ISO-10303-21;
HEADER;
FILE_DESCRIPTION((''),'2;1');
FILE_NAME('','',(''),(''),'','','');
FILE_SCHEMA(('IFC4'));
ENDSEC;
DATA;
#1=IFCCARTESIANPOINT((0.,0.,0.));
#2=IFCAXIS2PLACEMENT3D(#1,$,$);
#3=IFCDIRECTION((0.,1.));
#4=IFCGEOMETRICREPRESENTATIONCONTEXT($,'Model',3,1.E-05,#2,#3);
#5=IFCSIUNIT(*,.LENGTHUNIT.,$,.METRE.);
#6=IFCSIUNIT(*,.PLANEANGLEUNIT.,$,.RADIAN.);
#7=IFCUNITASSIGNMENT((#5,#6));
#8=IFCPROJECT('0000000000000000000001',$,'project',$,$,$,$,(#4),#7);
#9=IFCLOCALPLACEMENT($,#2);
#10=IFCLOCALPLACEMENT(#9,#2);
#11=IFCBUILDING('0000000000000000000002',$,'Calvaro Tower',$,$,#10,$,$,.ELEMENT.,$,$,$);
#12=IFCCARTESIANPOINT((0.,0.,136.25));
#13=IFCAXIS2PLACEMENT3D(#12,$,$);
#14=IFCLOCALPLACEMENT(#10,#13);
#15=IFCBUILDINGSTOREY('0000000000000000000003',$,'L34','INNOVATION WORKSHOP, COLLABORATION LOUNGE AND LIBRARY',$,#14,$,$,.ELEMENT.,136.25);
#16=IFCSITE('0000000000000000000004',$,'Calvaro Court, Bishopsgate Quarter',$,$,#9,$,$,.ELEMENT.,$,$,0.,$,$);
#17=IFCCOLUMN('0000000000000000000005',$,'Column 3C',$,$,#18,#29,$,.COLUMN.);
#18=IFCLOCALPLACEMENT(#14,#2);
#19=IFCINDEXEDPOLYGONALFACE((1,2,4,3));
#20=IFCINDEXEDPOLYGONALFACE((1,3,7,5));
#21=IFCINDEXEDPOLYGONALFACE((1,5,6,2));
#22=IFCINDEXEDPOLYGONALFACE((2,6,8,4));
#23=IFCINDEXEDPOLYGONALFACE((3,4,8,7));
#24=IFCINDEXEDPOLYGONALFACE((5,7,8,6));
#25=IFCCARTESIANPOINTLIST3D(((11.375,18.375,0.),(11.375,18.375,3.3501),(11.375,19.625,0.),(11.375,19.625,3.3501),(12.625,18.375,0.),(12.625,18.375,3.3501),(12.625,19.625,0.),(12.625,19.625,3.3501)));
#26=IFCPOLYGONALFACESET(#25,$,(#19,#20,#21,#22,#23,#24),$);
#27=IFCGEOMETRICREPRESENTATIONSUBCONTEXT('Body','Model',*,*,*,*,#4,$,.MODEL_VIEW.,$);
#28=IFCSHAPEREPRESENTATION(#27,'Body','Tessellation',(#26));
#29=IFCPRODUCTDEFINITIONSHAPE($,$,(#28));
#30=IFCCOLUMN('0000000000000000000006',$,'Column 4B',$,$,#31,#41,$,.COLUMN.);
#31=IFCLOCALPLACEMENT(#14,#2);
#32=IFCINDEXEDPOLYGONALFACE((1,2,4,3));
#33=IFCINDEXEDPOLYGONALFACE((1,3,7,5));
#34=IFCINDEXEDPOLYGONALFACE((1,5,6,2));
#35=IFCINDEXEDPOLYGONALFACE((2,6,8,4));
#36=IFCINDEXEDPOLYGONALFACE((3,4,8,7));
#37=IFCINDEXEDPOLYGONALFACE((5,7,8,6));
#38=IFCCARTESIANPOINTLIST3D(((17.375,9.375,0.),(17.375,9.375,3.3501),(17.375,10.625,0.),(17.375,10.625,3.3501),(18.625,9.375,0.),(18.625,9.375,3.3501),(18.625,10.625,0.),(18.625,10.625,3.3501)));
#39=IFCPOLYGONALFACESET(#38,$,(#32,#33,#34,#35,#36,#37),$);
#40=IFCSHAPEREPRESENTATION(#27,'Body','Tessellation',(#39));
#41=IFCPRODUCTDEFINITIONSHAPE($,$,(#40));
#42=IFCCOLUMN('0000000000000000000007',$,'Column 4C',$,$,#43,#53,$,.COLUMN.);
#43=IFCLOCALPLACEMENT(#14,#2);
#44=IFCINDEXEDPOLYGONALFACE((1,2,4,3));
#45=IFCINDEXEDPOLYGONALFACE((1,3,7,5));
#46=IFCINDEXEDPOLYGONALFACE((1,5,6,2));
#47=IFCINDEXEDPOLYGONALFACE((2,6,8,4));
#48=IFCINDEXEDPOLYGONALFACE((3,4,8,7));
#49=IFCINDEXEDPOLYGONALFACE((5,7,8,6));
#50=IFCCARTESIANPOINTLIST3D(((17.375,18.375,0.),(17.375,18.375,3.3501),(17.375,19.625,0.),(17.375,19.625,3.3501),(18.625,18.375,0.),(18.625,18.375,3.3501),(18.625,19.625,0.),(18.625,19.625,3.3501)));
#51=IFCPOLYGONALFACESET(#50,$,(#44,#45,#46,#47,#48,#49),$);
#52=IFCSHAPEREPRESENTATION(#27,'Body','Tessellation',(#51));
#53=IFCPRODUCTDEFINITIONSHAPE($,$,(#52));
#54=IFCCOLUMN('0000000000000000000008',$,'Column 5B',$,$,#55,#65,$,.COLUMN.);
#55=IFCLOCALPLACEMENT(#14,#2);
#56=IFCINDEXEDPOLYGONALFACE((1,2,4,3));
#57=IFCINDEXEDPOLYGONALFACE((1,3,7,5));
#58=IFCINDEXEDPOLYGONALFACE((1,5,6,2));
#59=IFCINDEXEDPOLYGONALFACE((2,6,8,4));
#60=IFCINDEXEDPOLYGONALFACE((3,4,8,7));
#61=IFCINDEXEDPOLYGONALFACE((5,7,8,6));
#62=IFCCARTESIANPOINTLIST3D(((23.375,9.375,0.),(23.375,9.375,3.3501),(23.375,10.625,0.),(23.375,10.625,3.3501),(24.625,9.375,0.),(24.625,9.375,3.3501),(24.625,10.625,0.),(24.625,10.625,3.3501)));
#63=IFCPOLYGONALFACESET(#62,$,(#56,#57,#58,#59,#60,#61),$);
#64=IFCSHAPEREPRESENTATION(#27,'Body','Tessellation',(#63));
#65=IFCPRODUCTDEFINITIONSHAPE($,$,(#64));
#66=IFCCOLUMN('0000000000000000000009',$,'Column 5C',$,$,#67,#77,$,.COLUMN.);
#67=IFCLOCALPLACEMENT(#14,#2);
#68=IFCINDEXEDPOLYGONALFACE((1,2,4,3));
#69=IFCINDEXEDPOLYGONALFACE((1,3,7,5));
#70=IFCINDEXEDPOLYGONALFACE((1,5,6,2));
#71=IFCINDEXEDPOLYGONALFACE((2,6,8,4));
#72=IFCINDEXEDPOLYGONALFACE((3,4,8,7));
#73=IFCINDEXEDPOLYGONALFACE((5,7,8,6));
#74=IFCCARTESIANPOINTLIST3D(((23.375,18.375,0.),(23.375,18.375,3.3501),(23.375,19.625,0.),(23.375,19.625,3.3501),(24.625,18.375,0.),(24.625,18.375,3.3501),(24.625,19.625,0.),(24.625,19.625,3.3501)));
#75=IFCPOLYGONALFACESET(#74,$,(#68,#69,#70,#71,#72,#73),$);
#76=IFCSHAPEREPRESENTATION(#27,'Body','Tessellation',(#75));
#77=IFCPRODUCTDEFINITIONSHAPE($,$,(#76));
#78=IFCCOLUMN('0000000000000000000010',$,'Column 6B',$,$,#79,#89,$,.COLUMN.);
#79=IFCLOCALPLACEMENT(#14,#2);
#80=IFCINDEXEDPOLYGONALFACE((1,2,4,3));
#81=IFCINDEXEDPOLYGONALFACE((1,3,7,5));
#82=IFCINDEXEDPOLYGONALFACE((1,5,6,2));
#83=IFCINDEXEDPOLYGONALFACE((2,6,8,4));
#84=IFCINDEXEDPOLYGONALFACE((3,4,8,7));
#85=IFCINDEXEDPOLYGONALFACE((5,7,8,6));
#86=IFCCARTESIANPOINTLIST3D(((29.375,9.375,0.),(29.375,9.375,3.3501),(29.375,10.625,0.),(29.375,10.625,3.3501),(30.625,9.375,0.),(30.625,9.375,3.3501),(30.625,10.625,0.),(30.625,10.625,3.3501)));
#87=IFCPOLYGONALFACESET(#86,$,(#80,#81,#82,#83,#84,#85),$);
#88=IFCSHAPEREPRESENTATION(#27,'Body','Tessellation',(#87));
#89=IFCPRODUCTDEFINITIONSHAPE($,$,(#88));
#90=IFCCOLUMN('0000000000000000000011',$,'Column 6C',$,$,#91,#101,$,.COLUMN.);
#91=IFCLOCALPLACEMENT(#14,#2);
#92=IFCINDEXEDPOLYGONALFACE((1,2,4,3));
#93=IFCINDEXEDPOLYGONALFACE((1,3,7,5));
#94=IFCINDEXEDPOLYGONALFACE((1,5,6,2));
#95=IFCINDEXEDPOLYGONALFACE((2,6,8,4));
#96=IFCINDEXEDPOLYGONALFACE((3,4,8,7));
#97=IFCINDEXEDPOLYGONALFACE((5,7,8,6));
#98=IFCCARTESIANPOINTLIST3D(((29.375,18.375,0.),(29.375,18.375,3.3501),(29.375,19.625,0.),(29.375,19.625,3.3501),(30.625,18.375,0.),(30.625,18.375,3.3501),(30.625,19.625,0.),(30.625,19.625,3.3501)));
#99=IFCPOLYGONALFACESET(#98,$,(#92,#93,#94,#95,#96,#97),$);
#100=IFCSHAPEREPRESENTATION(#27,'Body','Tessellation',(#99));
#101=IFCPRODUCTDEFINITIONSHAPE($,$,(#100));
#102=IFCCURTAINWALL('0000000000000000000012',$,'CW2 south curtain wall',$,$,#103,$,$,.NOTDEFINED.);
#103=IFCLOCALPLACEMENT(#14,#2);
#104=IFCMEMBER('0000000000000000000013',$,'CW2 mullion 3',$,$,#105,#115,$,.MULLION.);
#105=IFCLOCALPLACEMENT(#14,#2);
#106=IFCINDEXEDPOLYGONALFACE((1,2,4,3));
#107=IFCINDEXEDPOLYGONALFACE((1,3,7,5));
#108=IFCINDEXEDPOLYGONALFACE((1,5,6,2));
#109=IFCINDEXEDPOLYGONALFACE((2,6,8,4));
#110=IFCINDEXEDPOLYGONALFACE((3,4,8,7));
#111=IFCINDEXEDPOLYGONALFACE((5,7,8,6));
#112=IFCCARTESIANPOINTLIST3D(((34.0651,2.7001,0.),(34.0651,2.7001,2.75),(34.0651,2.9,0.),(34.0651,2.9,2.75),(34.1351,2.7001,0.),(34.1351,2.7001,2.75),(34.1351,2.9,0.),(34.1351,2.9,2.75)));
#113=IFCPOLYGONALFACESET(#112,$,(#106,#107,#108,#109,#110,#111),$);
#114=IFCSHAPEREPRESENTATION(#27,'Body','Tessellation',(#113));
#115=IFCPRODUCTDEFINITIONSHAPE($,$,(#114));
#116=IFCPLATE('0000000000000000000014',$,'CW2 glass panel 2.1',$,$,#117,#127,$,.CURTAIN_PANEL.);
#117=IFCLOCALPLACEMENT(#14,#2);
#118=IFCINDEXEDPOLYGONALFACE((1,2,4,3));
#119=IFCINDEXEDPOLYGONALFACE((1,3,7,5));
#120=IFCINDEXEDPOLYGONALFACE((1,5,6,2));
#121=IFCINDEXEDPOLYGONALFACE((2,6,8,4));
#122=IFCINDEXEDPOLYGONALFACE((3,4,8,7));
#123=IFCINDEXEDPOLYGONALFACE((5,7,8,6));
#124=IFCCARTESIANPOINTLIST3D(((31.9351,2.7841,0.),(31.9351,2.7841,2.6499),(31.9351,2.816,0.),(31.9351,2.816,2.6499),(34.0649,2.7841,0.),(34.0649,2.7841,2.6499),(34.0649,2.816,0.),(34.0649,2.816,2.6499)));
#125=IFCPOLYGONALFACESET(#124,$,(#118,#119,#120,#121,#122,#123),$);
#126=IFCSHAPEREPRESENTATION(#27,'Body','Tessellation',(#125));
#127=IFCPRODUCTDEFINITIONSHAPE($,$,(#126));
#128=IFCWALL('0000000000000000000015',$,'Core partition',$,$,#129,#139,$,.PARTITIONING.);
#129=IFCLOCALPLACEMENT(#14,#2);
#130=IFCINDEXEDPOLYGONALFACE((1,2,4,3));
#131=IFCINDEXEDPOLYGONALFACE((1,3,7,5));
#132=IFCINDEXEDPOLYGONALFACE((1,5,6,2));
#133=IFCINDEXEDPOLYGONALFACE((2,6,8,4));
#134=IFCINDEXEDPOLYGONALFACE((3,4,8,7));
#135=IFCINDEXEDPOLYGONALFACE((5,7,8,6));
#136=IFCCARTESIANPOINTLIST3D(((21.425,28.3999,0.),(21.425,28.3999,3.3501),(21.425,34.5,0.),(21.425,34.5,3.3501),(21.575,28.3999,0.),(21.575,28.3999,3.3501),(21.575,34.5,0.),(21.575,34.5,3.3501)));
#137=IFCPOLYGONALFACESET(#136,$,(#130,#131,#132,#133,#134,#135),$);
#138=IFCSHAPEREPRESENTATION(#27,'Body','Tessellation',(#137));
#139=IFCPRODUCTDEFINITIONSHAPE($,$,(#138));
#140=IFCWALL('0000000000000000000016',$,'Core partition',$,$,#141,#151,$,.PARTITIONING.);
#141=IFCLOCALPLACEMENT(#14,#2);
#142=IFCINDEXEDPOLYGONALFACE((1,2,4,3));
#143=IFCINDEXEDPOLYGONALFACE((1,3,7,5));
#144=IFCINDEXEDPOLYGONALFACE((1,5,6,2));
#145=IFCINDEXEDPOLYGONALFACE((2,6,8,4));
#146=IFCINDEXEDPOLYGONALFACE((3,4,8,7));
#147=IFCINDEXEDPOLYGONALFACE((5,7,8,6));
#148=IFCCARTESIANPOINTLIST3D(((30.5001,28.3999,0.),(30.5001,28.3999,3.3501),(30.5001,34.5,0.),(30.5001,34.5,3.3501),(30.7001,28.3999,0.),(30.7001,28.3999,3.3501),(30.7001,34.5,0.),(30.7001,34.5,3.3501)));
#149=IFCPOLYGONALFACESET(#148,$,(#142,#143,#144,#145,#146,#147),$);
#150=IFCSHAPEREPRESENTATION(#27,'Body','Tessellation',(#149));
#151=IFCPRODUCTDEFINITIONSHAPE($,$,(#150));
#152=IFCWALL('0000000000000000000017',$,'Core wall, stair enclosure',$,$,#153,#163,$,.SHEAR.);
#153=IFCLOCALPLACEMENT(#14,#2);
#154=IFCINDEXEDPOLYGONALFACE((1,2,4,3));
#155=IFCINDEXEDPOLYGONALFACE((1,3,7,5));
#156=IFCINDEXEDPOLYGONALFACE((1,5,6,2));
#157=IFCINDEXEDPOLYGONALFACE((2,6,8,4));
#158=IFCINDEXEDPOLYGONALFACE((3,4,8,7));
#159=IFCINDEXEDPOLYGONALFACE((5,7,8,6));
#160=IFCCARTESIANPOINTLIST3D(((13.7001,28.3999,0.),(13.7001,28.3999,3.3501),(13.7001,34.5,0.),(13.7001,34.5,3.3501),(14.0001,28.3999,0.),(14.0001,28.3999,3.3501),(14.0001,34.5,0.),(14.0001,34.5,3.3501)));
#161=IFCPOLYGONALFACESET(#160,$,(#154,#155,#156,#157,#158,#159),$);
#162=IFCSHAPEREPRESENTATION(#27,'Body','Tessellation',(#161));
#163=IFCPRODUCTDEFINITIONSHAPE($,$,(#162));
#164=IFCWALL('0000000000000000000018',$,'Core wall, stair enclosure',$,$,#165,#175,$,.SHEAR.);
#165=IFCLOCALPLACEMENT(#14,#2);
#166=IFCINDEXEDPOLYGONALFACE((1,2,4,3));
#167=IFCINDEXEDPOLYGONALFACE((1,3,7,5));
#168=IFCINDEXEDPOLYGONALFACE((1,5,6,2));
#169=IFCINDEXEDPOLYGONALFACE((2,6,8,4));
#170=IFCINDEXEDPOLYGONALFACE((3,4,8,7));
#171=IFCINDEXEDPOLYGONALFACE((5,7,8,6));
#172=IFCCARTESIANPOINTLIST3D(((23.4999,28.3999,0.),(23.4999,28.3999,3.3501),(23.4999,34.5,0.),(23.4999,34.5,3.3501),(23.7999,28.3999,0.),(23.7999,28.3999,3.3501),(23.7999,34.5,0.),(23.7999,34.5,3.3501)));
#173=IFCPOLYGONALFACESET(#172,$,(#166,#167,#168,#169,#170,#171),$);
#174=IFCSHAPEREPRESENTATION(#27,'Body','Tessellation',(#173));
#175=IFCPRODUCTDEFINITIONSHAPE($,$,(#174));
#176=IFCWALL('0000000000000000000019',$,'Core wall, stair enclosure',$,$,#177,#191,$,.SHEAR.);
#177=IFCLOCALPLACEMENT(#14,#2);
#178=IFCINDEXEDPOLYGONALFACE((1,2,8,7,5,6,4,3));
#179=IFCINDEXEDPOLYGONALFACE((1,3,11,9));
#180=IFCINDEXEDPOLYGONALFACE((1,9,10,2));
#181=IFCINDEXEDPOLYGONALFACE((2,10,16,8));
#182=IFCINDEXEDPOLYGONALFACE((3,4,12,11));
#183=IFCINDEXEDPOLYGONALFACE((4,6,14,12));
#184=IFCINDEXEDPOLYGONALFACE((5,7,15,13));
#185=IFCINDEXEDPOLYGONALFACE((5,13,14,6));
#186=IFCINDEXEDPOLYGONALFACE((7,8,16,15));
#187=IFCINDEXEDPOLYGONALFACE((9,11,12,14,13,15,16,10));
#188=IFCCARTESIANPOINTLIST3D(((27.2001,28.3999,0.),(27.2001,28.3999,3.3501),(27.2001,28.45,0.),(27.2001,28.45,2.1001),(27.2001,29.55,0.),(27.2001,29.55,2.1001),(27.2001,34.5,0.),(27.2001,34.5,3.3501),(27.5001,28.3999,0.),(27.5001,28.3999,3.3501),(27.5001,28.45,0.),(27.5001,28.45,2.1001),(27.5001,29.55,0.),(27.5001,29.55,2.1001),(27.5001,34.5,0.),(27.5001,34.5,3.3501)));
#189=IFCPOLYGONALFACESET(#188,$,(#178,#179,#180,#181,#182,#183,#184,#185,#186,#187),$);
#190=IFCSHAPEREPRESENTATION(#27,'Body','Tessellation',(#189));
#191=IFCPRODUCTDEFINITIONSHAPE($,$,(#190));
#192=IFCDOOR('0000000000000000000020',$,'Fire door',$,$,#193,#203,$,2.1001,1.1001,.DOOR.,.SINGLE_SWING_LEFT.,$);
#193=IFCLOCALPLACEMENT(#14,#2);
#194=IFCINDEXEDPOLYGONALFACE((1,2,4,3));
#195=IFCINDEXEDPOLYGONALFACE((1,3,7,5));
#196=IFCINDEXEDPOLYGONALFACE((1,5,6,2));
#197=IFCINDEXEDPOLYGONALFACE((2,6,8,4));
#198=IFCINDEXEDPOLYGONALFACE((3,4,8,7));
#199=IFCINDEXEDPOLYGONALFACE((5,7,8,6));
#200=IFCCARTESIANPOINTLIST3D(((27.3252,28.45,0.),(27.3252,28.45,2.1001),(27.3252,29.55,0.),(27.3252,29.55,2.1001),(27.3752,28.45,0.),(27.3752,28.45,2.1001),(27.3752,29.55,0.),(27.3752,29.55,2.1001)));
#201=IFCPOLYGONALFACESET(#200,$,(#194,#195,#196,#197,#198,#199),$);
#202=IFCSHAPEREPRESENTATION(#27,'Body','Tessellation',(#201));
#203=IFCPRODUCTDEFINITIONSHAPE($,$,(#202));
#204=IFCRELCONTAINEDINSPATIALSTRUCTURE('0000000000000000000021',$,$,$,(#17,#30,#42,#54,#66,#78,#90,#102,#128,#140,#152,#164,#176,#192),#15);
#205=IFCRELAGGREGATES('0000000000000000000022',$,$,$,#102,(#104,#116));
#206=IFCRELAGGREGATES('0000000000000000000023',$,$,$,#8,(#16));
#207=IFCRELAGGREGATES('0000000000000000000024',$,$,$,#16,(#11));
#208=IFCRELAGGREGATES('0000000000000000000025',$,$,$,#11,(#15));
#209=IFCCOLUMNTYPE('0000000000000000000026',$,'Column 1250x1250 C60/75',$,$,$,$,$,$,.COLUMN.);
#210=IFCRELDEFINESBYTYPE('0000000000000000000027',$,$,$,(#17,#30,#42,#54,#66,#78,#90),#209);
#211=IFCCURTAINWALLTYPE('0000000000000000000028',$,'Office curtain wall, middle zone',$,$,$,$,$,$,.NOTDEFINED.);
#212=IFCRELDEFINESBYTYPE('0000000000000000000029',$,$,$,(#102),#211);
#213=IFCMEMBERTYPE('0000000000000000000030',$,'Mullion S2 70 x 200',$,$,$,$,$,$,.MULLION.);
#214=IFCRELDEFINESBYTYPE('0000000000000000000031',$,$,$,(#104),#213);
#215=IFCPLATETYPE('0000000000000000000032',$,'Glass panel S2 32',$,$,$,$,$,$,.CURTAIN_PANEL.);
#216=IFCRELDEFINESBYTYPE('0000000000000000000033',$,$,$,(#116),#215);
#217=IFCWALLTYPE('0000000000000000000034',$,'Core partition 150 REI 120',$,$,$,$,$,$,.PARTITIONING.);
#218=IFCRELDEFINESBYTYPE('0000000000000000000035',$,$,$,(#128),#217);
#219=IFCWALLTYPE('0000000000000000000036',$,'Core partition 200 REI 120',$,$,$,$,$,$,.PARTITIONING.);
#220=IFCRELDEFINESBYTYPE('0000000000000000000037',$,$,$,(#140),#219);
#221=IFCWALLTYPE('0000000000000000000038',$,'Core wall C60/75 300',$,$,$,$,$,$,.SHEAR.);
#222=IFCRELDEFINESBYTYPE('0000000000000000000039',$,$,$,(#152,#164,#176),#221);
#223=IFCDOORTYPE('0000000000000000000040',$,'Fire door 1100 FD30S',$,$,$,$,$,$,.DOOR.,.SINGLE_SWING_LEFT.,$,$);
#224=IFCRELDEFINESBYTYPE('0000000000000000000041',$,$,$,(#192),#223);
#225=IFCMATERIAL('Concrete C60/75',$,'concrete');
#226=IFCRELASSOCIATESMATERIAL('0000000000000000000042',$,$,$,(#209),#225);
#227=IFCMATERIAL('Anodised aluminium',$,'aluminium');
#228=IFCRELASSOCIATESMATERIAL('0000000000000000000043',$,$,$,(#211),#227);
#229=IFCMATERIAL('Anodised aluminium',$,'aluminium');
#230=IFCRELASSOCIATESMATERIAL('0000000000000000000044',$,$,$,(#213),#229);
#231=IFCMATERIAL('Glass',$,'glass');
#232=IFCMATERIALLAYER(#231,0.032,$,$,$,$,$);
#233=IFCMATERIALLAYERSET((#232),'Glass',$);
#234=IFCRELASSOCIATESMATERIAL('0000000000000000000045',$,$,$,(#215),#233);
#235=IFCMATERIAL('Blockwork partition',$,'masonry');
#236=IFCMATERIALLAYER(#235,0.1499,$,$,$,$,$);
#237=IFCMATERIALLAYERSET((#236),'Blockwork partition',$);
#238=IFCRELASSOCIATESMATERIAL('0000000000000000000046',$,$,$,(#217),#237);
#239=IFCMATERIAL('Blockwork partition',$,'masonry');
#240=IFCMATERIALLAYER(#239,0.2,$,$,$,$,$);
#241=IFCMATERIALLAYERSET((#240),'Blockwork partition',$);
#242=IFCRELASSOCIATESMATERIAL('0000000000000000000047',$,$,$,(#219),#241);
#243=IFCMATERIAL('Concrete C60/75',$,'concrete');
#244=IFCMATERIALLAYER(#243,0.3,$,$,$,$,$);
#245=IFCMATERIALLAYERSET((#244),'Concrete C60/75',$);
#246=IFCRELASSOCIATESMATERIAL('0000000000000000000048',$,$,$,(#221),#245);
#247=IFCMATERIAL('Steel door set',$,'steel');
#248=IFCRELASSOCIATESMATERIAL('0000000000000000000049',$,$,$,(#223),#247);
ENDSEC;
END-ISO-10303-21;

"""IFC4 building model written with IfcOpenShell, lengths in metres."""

from ifc_helpers import new_model, si_unit, direction, frame, frame_2d, origin, origin_2d, place, context, subcontext, project, spatial, rectangle, extrude, material, layer, layer_set, material_profile, profile_set, type_object, element, fill, aggregate, save


model = new_model("IFC4")

# Units and contexts
model_context = context("Model", 3, precision=1e-05, world=origin(), true_north=direction((0.0, 1.0)))
body_context = subcontext(model_context, "Body", "Model", "MODEL_VIEW")
ifc_project = project(units=[si_unit("LENGTHUNIT", "METRE"), si_unit("PLANEANGLEUNIT", "RADIAN")], contexts=[model_context])

# Site, building, storey
site_placement = place(None, origin())
site = spatial("IfcSite", under=ifc_project, at=site_placement, Name="Calvaro Court, Bishopsgate Quarter", CompositionType="ELEMENT", RefElevation=0.0)
building_placement = place(site_placement, origin())
building = spatial("IfcBuilding", under=site, at=building_placement, Name="Calvaro Tower", CompositionType="ELEMENT")
storey_placement = place(building_placement, frame((0.0, 0.0, 136.25)))
storey = spatial("IfcBuildingStorey", under=building, at=storey_placement, Name="L34", Description="INNOVATION WORKSHOP, COLLABORATION LOUNGE AND LIBRARY", CompositionType="ELEMENT", Elevation=136.25)

# Columns
ifc_material_1 = material(Name="Concrete C60/75", Category="concrete")
ifc_material_profile_1 = material_profile(ifc_material_1, rectangle(XDim=1.25, YDim=1.25, at=origin_2d()), Name="RC 1250x1250")
ifc_profile_set_1 = profile_set([ifc_material_profile_1], Name="Concrete C60/75")
column_type = type_object("IfcColumnType", Name="Column 1250x1250 C60/75", PredefinedType="COLUMN", material=ifc_profile_set_1)
for number, where, z_axis, x_axis, name in (
    (1, (12.0, 19.0, 0.0), (0.0, 0.0, 1.0), (1.0, 0.0, 0.0), "Column 3C"),
    (2, (18.0, 10.0, 0.0), (0.0, 0.0, 1.0), (1.0, 0.0, 0.0), "Column 4B"),
    (3, (18.0, 19.0, 0.0), (0.0, 0.0, 1.0), (1.0, 0.0, 0.0), "Column 4C"),
    (4, (24.0, 10.0, 0.0), (0.0, 0.0, 1.0), (1.0, 0.0, 0.0), "Column 5B"),
    (5, (24.0, 19.0, 0.0), (0.0, 0.0, 1.0), (1.0, 0.0, 0.0), "Column 5C"),
    (6, (30.0, 10.0, 0.0), (0.0, 0.0, 1.0), (1.0, 0.0, 0.0), "Column 6B"),
    (7, (30.0, 19.0, 0.0), (0.0, 0.0, 1.0), (1.0, 0.0, 0.0), "Column 6C"),
):
    element("IfcColumn", number, at=place(storey_placement, frame(where, z_axis=z_axis, x_axis=x_axis)), inside=storey, type_object=column_type, Name=name, PredefinedType="COLUMN", context=body_context, shape_type="SweptSolid", body=[
        extrude(rectangle(XDim=1.25, YDim=1.25, at=origin_2d()), origin(), (0.0, 0.0, 1.0), 3.3501),
    ])

# Curtain wall, member, plate
ifc_material_2 = material(Name="Anodised aluminium", Category="aluminium")
curtain_wall_type = type_object("IfcCurtainWallType", Name="Office curtain wall, middle zone", PredefinedType="NOTDEFINED", material=ifc_material_2)
curtain_wall_placement = place(storey_placement, origin())
curtain_wall = element("IfcCurtainWall", 8, at=curtain_wall_placement, inside=storey, type_object=curtain_wall_type, Name="CW2 south curtain wall", PredefinedType="NOTDEFINED")
ifc_material_3 = material(Name="Anodised aluminium", Category="aluminium")
ifc_material_profile_2 = material_profile(ifc_material_3, rectangle(XDim=0.2, YDim=0.0701, at=origin_2d()), Name="Mullion S2 70 x 200")
ifc_profile_set_2 = profile_set([ifc_material_profile_2], Name="Anodised aluminium")
member_type = type_object("IfcMemberType", Name="Mullion S2 70 x 200", PredefinedType="MULLION", material=ifc_profile_set_2)
member_placement = place(storey_placement, frame((34.1001, 2.8, 0.0), z_axis=(0.0, 0.0, 1.0), x_axis=(0.0, 1.0, 0.0)))
member = element("IfcMember", 9, at=member_placement, type_object=member_type, Name="CW2 mullion 3", PredefinedType="MULLION", context=body_context, shape_type="SweptSolid", body=[
    extrude(rectangle(XDim=0.2, YDim=0.0701, at=origin_2d()), origin(), (0.0, 0.0, 1.0), 2.75),
])
ifc_material_4 = material(Name="Glass", Category="glass")
ifc_layer_1 = layer(ifc_material_4, 0.032)
ifc_layer_set_1 = layer_set([ifc_layer_1], Name="Glass")
plate_type = type_object("IfcPlateType", Name="Glass panel S2 32", PredefinedType="CURTAIN_PANEL", material=ifc_layer_set_1)
plate_placement = place(storey_placement, frame((33.0, 2.8, 0.0), z_axis=(0.0, 0.0, 1.0), x_axis=(1.0, 0.0, 0.0)))
plate = element("IfcPlate", 10, at=plate_placement, type_object=plate_type, Name="CW2 glass panel 2.1", PredefinedType="CURTAIN_PANEL", context=body_context, shape_type="SweptSolid", body=[
    extrude(rectangle(XDim=2.1299, YDim=0.032, at=origin_2d()), origin(), (0.0, 0.0, 1.0), 2.6499),
])
aggregate(curtain_wall, [member, plate])

# Walls
ifc_material_5 = material(Name="Blockwork partition", Category="masonry")
ifc_layer_2 = layer(ifc_material_5, 0.1499)
ifc_layer_set_2 = layer_set([ifc_layer_2], Name="Blockwork partition")
wall_type_1 = type_object("IfcWallType", Name="Core partition 150 REI 120", PredefinedType="PARTITIONING", material=ifc_layer_set_2)
wall_1_placement = place(storey_placement, frame((21.5, 28.3999, 0.0), z_axis=(0.0, 0.0, 1.0), x_axis=(0.0, 1.0, 0.0)))
element("IfcWall", 11, at=wall_1_placement, inside=storey, type_object=wall_type_1, Name="Core partition", PredefinedType="PARTITIONING", context=body_context, shape_type="SweptSolid", body=[
    extrude(rectangle(XDim=6.1001, YDim=0.1499, at=frame_2d((3.05, 0.0))), origin(), (0.0, 0.0, 1.0), 3.3501),
])
ifc_material_6 = material(Name="Blockwork partition", Category="masonry")
ifc_layer_3 = layer(ifc_material_6, 0.2)
ifc_layer_set_3 = layer_set([ifc_layer_3], Name="Blockwork partition")
wall_type_2 = type_object("IfcWallType", Name="Core partition 200 REI 120", PredefinedType="PARTITIONING", material=ifc_layer_set_3)
wall_2_placement = place(storey_placement, frame((30.6001, 28.3999, 0.0), z_axis=(0.0, 0.0, 1.0), x_axis=(0.0, 1.0, 0.0)))
element("IfcWall", 12, at=wall_2_placement, inside=storey, type_object=wall_type_2, Name="Core partition", PredefinedType="PARTITIONING", context=body_context, shape_type="SweptSolid", body=[
    extrude(rectangle(XDim=6.1001, YDim=0.2, at=frame_2d((3.05, 0.0))), origin(), (0.0, 0.0, 1.0), 3.3501),
])
ifc_material_7 = material(Name="Concrete C60/75", Category="concrete")
ifc_layer_4 = layer(ifc_material_7, 0.3)
ifc_layer_set_4 = layer_set([ifc_layer_4], Name="Concrete C60/75")
wall_type_3 = type_object("IfcWallType", Name="Core wall C60/75 300", PredefinedType="SHEAR", material=ifc_layer_set_4)
for number, where, z_axis, x_axis, name in (
    (13, (13.8501, 28.3999, 0.0), (0.0, 0.0, 1.0), (0.0, 1.0, 0.0), "Core wall, stair enclosure"),
    (14, (23.6499, 28.3999, 0.0), (0.0, 0.0, 1.0), (0.0, 1.0, 0.0), "Core wall, stair enclosure"),
):
    element("IfcWall", number, at=place(storey_placement, frame(where, z_axis=z_axis, x_axis=x_axis)), inside=storey, type_object=wall_type_3, Name=name, PredefinedType="SHEAR", context=body_context, shape_type="SweptSolid", body=[
        extrude(rectangle(XDim=6.1001, YDim=0.3, at=frame_2d((3.05, 0.0))), origin(), (0.0, 0.0, 1.0), 3.3501),
    ])

# Wall, opening, door
wall_3_placement = place(storey_placement, frame((27.3501, 28.3999, 0.0), z_axis=(0.0, 0.0, 1.0), x_axis=(0.0, 1.0, 0.0)))
wall_3 = element("IfcWall", 15, at=wall_3_placement, inside=storey, type_object=wall_type_3, Name="Core wall, stair enclosure", PredefinedType="SHEAR", context=body_context, shape_type="SweptSolid", body=[
    extrude(rectangle(XDim=6.1001, YDim=0.3, at=frame_2d((3.05, 0.0))), origin(), (0.0, 0.0, 1.0), 3.3501),
])
opening_1_placement = place(wall_3_placement, frame((0.05, 0.0, 0.0)))
opening_1 = element("IfcOpeningElement", 16, at=opening_1_placement, cuts=wall_3, PredefinedType="OPENING", context=body_context, shape_type="SweptSolid", body=[
    extrude(rectangle(XDim=1.1001, YDim=2.1001, at=frame_2d((0.55, 1.05))), frame((0.0, 0.1599, 0.0), z_axis=(0.0, -1.0, 0.0), x_axis=(1.0, 0.0, 0.0)), (0.0, 0.0, 1.0), 0.3201),
])
ifc_material_8 = material(Name="Steel door set", Category="steel")
door_type_1 = type_object("IfcDoorType", Name="Fire door 1100 FD30S", OperationType="SINGLE_SWING_LEFT", PredefinedType="DOOR", material=ifc_material_8)
door_1_placement = place(opening_1_placement, origin())
door_1 = element("IfcDoor", 17, at=door_1_placement, inside=storey, type_object=door_type_1, Name="Fire door", OperationType="SINGLE_SWING_LEFT", OverallHeight=2.1001, OverallWidth=1.1001, PredefinedType="DOOR", context=body_context, shape_type="SweptSolid", body=[
    extrude(rectangle(XDim=1.1001, YDim=2.1001, at=frame_2d((0.55, 1.05))), frame((0.0, 0.0249, 0.0), z_axis=(0.0, -1.0, 0.0), x_axis=(1.0, 0.0, 0.0)), (0.0, 0.0, 1.0), 0.05),
])
fill(opening_1, door_1)

save(model, "model.ifc")
